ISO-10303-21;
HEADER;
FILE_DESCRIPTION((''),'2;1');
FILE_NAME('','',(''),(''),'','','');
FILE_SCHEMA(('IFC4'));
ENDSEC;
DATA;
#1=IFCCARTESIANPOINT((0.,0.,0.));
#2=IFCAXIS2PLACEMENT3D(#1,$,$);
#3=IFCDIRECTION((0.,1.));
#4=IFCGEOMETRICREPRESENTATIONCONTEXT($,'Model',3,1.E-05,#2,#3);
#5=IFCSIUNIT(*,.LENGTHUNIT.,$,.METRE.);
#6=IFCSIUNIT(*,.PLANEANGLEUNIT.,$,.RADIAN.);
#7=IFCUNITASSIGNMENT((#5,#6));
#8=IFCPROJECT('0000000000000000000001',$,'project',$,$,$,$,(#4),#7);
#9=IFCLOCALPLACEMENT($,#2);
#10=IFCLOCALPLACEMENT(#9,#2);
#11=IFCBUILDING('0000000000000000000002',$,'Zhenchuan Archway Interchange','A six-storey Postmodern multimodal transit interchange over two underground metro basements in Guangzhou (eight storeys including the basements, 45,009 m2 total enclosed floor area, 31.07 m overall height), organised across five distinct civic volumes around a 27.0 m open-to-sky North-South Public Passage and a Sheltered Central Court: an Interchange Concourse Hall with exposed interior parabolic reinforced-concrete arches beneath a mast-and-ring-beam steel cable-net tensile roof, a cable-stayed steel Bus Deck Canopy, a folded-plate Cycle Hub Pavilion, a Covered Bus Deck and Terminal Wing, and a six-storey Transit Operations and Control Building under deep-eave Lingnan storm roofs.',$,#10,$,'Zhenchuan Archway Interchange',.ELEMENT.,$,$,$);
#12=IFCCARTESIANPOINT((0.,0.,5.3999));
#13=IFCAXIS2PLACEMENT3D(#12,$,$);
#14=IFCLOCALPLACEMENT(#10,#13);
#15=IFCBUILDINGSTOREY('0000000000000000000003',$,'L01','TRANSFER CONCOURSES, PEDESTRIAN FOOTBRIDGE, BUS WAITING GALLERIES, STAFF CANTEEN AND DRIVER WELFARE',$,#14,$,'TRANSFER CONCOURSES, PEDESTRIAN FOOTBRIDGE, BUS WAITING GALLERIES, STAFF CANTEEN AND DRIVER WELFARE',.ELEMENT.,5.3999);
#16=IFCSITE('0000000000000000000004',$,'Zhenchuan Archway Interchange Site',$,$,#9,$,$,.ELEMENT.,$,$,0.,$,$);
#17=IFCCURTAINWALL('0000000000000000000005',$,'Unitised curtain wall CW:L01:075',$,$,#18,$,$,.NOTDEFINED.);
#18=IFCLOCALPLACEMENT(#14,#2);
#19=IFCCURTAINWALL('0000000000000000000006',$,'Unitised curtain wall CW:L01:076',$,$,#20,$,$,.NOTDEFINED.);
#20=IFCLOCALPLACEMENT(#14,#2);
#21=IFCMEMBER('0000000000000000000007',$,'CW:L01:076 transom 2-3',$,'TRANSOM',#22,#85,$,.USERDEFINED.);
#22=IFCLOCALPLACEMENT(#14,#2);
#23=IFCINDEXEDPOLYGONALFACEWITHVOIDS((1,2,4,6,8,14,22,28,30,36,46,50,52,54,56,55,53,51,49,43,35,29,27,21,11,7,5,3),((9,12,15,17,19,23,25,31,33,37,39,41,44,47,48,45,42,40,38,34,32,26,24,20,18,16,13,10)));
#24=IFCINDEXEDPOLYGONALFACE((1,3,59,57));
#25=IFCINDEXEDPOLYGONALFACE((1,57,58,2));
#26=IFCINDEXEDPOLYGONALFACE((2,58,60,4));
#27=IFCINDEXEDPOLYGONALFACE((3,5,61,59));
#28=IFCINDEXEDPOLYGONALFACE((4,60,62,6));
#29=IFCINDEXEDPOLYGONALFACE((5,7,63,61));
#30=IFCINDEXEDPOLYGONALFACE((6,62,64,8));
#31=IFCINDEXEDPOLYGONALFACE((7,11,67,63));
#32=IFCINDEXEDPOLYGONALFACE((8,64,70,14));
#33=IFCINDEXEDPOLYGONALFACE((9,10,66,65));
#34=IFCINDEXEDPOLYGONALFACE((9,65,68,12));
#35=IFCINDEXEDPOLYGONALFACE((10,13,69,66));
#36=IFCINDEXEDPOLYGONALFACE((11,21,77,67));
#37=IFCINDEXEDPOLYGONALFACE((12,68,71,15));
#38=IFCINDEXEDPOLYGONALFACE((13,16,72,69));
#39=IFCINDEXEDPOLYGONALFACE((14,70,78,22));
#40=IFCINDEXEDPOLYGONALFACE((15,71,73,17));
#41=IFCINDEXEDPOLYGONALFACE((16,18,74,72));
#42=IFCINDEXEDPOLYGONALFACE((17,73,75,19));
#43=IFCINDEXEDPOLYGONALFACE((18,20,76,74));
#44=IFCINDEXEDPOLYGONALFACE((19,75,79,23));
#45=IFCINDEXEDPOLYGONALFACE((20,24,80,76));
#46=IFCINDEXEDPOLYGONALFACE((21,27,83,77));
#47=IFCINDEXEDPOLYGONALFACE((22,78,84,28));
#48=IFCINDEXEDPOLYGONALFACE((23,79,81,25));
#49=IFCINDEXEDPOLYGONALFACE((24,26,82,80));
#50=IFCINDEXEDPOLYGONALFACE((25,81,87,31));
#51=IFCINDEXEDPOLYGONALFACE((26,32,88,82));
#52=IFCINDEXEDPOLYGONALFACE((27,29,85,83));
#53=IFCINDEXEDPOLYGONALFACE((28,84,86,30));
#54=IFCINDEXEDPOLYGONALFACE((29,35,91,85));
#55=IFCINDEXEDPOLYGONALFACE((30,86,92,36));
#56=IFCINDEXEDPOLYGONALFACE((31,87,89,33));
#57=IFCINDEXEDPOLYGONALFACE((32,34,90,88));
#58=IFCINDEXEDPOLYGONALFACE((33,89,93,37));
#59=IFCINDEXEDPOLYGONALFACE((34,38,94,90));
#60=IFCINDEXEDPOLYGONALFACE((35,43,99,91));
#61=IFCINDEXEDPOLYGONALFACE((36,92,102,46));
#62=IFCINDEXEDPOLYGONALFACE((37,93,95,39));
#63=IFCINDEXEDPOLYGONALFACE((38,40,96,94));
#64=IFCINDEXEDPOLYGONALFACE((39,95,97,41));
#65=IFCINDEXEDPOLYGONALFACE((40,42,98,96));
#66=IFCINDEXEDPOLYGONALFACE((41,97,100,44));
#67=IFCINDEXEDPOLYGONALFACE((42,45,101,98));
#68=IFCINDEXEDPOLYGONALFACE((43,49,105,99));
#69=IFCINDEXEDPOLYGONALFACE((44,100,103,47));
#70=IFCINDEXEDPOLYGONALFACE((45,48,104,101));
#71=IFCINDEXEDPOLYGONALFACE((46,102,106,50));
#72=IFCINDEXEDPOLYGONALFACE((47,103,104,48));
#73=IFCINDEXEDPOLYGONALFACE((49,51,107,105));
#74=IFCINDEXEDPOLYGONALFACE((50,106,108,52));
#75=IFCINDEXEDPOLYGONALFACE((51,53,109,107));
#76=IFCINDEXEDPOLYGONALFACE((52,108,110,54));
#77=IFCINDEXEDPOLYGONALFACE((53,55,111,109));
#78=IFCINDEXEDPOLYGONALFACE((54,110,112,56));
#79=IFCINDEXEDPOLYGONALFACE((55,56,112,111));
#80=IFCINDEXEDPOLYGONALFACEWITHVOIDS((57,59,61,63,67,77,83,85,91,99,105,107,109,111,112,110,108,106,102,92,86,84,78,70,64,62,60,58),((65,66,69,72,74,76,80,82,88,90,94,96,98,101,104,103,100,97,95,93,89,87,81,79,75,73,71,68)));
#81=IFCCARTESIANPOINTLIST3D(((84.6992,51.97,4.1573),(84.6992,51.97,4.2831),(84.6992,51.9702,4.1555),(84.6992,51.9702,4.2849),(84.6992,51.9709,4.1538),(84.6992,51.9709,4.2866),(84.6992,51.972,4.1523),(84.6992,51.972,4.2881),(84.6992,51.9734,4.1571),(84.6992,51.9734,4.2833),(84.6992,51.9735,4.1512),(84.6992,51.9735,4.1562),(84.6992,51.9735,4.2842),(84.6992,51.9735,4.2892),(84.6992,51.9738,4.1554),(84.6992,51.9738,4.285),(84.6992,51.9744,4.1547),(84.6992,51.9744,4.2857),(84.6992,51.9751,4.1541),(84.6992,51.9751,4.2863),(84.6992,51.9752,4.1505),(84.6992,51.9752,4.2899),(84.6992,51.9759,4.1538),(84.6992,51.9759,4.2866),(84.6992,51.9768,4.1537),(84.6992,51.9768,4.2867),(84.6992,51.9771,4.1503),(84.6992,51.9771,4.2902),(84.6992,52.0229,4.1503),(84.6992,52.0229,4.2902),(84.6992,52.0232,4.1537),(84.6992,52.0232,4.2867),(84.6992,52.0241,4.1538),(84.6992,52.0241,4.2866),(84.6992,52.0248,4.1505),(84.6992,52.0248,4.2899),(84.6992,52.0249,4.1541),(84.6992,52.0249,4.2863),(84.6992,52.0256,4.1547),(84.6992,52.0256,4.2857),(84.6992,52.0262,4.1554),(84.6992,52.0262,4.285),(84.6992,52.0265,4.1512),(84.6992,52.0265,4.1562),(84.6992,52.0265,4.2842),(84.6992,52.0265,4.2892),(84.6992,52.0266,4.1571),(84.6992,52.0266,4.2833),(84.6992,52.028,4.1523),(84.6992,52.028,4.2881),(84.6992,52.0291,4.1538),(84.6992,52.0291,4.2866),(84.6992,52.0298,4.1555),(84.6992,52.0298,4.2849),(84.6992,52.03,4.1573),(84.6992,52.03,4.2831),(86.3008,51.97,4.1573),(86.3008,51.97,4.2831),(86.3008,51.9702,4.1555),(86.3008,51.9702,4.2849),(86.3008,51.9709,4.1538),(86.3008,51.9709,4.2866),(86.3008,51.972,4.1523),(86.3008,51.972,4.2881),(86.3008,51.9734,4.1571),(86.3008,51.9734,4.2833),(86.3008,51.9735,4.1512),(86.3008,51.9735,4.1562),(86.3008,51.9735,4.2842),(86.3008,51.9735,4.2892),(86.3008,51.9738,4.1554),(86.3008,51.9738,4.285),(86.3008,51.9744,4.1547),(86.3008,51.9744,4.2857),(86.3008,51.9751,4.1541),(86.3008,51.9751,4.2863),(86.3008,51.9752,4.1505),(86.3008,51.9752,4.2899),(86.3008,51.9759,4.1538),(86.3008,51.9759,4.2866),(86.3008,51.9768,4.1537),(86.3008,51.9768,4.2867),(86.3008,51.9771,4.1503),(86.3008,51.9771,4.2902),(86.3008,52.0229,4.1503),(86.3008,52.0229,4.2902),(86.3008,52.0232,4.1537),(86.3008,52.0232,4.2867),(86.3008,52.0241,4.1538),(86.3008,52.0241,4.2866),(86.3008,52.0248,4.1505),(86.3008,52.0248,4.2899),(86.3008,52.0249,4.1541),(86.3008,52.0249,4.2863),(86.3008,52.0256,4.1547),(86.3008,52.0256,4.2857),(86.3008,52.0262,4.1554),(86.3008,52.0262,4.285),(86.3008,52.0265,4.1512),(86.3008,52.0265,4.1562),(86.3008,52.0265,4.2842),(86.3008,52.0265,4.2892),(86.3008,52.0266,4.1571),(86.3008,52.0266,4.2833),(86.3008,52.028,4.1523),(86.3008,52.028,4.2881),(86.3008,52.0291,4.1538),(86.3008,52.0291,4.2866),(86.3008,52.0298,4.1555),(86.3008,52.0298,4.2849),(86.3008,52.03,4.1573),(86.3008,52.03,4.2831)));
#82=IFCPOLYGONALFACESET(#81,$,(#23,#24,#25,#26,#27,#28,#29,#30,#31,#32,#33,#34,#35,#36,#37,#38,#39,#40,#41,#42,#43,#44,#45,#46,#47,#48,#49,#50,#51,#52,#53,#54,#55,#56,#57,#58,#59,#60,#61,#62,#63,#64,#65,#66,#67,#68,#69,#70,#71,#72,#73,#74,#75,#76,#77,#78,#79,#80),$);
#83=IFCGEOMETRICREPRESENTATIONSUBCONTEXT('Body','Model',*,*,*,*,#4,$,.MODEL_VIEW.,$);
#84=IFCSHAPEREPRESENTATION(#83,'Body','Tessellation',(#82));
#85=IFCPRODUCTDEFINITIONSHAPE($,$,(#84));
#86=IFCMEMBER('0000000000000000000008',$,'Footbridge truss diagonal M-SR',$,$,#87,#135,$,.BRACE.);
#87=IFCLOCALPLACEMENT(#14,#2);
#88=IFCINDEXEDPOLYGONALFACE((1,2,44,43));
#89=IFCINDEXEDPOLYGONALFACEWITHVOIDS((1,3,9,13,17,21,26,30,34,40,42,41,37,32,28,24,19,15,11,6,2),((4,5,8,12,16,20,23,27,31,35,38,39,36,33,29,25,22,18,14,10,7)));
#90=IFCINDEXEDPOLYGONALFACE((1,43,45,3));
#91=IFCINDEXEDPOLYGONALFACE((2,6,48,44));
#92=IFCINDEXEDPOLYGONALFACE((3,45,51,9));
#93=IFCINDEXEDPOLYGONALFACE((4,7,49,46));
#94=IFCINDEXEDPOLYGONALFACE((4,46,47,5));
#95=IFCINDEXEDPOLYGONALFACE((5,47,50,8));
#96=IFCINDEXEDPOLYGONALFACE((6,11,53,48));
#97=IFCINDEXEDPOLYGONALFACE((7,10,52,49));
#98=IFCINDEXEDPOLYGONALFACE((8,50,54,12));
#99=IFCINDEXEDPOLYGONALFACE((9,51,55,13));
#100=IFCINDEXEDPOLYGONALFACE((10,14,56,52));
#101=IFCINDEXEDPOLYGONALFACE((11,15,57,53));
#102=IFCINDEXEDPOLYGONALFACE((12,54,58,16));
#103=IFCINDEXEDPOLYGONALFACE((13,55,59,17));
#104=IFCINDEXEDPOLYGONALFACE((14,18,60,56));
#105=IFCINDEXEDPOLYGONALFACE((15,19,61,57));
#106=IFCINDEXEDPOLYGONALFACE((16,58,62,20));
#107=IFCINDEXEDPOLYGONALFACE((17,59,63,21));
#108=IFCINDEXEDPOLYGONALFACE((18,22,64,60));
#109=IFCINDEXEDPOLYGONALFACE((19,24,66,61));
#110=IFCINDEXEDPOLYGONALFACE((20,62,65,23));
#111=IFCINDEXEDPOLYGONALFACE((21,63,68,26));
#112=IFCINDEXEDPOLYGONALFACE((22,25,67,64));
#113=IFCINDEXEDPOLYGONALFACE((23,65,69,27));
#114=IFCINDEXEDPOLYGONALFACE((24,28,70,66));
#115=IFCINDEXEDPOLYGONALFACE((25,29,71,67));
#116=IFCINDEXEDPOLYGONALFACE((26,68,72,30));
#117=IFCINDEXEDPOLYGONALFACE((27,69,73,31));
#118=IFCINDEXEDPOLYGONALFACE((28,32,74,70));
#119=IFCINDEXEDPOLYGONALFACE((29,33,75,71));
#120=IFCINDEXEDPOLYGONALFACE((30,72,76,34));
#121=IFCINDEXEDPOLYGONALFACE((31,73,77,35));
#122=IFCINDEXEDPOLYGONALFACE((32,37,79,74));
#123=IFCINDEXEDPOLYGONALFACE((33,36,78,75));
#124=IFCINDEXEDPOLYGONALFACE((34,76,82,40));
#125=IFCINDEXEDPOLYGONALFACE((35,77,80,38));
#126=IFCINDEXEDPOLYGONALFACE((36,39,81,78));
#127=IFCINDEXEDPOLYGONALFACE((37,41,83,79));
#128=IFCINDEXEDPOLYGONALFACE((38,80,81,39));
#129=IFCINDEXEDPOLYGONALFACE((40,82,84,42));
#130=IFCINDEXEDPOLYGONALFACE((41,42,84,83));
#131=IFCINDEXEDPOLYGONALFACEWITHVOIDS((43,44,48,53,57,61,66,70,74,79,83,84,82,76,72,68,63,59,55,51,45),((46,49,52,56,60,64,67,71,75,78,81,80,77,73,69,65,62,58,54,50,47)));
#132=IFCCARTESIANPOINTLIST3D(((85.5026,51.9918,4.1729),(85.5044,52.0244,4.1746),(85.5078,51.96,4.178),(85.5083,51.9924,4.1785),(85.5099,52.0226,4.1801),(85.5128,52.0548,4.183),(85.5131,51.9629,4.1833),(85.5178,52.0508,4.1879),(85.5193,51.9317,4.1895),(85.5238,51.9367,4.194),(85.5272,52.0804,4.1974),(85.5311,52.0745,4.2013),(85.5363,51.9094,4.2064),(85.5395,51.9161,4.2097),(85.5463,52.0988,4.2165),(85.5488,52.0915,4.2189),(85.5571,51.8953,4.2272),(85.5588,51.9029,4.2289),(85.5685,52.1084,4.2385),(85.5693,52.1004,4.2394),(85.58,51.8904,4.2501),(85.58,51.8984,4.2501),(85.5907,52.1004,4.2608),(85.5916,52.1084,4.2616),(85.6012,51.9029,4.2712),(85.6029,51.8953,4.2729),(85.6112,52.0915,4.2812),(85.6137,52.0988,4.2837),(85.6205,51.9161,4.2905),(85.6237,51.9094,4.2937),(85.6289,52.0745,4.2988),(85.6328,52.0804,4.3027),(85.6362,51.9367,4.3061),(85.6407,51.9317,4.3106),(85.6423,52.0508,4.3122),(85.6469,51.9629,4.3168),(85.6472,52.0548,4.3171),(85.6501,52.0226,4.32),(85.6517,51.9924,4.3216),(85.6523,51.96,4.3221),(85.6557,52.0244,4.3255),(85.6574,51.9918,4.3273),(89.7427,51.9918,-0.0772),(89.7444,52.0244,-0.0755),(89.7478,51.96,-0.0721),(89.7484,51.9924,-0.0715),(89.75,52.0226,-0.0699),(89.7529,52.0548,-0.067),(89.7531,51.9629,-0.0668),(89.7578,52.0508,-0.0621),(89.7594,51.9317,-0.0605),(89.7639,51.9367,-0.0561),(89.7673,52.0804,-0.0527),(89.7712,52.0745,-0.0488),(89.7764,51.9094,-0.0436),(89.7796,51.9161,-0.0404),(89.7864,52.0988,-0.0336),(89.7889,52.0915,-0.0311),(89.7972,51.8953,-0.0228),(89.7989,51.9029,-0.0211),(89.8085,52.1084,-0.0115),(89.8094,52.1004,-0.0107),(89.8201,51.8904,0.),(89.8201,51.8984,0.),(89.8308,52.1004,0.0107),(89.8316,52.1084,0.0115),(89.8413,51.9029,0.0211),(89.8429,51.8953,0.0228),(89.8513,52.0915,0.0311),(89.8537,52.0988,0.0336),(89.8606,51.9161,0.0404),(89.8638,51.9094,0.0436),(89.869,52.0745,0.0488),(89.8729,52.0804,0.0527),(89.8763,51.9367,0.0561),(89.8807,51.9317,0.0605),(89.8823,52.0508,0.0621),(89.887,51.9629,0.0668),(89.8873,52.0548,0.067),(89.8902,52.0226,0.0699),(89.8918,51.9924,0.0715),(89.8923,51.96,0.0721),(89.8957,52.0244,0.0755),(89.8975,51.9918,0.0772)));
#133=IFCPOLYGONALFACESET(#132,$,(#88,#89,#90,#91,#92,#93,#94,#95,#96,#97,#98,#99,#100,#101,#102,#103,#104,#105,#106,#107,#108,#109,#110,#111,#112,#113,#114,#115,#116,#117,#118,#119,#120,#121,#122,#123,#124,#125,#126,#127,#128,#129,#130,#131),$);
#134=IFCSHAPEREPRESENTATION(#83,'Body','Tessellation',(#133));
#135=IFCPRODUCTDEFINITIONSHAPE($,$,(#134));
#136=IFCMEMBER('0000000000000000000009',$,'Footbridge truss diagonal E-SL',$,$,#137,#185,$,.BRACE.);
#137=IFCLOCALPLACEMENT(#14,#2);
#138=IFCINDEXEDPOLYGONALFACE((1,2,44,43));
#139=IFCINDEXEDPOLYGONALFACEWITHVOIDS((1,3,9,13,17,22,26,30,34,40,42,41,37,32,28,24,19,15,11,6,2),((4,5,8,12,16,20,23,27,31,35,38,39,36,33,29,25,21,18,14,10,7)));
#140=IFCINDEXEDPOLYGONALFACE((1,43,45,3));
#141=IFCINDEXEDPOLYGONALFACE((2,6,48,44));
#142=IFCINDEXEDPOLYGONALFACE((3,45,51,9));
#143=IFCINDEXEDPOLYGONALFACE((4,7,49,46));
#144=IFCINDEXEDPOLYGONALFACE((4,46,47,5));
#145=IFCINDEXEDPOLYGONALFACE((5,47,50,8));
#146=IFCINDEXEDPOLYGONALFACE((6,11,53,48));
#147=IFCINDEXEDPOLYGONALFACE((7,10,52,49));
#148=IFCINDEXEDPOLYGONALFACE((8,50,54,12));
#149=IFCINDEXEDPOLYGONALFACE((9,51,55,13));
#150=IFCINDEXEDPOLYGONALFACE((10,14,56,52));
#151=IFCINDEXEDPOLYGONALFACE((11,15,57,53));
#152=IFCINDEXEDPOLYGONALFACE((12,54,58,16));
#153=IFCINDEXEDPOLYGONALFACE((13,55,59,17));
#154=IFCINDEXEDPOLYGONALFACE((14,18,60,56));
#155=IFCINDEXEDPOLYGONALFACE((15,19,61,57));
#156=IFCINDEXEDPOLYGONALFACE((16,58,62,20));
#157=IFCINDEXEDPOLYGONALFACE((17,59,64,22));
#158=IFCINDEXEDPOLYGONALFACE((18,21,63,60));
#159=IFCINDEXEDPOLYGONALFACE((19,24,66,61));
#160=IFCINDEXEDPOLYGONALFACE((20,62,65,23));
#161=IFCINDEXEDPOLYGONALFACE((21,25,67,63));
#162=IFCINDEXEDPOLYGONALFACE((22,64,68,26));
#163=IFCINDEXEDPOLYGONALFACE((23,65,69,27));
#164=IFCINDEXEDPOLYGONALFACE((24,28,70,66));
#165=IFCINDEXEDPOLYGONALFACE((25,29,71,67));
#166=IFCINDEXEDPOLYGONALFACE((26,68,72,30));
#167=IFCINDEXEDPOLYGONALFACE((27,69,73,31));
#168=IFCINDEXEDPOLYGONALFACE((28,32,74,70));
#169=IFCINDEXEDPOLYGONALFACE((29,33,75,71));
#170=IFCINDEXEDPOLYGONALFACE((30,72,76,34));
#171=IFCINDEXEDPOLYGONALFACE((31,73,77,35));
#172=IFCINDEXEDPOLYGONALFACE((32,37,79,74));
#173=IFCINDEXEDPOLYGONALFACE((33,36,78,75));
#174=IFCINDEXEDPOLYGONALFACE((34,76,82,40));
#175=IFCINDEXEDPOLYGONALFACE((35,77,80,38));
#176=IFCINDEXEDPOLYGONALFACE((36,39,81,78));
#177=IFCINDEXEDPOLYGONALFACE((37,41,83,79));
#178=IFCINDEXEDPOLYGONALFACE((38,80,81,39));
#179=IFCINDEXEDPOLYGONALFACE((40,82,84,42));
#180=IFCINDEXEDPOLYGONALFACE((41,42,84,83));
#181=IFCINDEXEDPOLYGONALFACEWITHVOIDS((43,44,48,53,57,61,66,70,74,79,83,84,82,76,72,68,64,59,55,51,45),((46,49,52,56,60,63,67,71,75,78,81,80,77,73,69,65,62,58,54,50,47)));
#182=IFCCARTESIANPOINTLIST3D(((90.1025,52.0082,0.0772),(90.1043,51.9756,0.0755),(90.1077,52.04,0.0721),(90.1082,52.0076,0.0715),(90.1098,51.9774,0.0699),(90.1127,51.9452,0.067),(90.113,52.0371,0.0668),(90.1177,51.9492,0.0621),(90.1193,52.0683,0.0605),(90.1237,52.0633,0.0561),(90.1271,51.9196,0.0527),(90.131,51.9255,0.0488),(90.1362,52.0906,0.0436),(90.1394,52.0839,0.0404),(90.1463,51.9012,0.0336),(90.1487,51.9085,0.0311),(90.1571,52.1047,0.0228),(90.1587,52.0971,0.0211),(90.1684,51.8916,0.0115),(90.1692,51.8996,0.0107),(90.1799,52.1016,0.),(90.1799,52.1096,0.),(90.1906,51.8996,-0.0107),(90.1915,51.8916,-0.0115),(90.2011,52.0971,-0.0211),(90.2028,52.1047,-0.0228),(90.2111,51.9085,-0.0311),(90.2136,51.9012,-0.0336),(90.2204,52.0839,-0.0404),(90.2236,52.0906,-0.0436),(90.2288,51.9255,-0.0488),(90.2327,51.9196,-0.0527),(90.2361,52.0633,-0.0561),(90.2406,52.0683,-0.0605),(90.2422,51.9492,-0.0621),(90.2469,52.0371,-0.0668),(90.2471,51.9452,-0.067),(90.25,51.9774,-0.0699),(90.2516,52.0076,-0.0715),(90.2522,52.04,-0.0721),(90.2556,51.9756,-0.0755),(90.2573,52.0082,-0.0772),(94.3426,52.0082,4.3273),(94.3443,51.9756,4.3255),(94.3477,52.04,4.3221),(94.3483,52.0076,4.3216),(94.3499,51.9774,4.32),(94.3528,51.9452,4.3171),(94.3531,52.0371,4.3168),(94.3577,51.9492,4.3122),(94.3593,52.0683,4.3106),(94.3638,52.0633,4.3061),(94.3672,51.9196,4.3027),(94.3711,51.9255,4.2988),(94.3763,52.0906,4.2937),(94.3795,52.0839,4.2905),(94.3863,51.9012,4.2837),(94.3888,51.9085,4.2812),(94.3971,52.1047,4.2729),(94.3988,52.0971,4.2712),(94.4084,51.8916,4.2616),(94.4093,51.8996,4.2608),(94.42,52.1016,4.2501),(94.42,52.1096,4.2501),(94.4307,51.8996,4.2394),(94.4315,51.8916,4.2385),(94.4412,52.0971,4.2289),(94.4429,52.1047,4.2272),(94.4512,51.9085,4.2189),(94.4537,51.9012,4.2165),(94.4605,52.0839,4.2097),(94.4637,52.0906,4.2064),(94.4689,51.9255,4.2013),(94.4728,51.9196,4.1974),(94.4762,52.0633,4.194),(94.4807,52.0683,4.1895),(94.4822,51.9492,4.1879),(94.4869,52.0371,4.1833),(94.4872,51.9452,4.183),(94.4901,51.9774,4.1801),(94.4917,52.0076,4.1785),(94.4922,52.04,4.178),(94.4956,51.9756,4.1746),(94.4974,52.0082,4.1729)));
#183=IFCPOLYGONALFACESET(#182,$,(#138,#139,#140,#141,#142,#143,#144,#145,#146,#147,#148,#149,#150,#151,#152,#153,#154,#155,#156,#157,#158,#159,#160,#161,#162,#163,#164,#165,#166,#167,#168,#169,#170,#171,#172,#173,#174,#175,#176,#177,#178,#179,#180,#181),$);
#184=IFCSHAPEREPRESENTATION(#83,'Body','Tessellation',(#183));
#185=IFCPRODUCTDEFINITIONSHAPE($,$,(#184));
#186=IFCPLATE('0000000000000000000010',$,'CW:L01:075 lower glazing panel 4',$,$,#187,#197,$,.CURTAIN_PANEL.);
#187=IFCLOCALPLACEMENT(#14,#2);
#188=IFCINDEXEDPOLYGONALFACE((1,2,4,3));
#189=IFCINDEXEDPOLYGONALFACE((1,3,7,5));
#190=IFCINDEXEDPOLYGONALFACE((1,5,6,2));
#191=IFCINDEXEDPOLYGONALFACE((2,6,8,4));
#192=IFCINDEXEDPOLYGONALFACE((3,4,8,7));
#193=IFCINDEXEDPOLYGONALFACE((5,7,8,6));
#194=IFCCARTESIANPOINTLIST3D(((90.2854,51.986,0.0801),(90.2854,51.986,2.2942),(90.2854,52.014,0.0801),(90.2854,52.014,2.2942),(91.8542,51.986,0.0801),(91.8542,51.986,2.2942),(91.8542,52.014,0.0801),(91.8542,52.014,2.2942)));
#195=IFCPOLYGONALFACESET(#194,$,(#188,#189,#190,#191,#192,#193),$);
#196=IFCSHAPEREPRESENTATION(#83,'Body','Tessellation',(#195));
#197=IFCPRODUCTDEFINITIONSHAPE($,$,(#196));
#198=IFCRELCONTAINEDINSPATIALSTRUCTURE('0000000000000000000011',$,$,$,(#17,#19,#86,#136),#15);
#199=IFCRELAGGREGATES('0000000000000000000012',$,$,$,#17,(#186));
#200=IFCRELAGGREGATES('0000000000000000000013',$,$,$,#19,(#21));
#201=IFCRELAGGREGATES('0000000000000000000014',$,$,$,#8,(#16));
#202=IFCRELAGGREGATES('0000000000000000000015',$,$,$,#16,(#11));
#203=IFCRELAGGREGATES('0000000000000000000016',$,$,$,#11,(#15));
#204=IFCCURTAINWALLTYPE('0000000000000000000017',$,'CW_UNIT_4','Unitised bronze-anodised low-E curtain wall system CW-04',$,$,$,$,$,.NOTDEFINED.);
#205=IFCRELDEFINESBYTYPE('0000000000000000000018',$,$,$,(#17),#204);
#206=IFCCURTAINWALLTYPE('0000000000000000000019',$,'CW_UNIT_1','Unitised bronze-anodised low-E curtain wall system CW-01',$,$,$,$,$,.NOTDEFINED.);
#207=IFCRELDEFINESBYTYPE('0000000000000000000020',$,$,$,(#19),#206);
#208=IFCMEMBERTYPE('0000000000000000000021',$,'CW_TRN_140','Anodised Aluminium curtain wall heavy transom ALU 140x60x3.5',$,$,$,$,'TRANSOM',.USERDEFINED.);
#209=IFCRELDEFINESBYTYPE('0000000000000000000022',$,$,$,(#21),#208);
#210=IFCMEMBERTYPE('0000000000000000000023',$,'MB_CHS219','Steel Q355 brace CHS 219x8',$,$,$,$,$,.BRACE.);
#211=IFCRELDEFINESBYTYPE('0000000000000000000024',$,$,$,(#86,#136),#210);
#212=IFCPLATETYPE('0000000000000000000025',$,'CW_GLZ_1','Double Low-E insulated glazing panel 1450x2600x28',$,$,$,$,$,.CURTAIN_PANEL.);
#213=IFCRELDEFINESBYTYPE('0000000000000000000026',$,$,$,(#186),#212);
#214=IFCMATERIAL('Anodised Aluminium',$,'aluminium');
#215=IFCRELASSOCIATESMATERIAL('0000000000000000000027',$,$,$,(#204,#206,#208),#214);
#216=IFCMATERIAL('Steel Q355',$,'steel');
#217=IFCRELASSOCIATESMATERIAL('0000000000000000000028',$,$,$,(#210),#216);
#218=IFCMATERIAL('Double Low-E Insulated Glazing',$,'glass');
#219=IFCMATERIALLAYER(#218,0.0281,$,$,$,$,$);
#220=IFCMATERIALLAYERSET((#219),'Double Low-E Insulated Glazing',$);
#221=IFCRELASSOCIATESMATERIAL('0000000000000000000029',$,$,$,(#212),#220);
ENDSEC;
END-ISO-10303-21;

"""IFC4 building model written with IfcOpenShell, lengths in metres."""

from ifc_helpers import new_model, si_unit, direction, frame, origin, origin_2d, place, context, subcontext, project, spatial, rectangle, hollow_rectangle, hollow_circle, extrude, material, layer, layer_set, material_profile, profile_set, type_object, element, aggregate, save


model = new_model("IFC4")

# Units and contexts
model_context = context("Model", 3, precision=1e-05, world=origin(), true_north=direction((0.0, 1.0)))
body_context = subcontext(model_context, "Body", "Model", "MODEL_VIEW")
ifc_project = project(units=[si_unit("LENGTHUNIT", "METRE"), si_unit("PLANEANGLEUNIT", "RADIAN")], contexts=[model_context])

# Site, building, storey
site_placement = place(None, origin())
site = spatial("IfcSite", under=ifc_project, at=site_placement, Name="Zhenchuan Archway Interchange Site", CompositionType="ELEMENT", RefElevation=0.0)
building_placement = place(site_placement, origin())
building = spatial("IfcBuilding", under=site, at=building_placement, Name="Zhenchuan Archway Interchange", Description="A six-storey Postmodern multimodal transit interchange over two underground metro basements in Guangzhou (eight storeys including the basements, 45,009 m2 total enclosed floor area, 31.07 m overall height), organised across five distinct civic volumes around a 27.0 m open-to-sky North-South Public Passage and a Sheltered Central Court: an Interchange Concourse Hall with exposed interior parabolic reinforced-concrete arches beneath a mast-and-ring-beam steel cable-net tensile roof, a cable-stayed steel Bus Deck Canopy, a folded-plate Cycle Hub Pavilion, a Covered Bus Deck and Terminal Wing, and a six-storey Transit Operations and Control Building under deep-eave Lingnan storm roofs.", LongName="Zhenchuan Archway Interchange", CompositionType="ELEMENT")
storey_placement = place(building_placement, frame((0.0, 0.0, 5.3999)))
storey = spatial("IfcBuildingStorey", under=building, at=storey_placement, Name="L01", Description="TRANSFER CONCOURSES, PEDESTRIAN FOOTBRIDGE, BUS WAITING GALLERIES, STAFF CANTEEN AND DRIVER WELFARE", LongName="TRANSFER CONCOURSES, PEDESTRIAN FOOTBRIDGE, BUS WAITING GALLERIES, STAFF CANTEEN AND DRIVER WELFARE", CompositionType="ELEMENT", Elevation=5.3999)

# Curtain wall
ifc_material_1 = material(Name="Anodised Aluminium", Category="aluminium")
curtain_wall_type_1 = type_object("IfcCurtainWallType", Name="CW_UNIT_4", Description="Unitised bronze-anodised low-E curtain wall system CW-04", PredefinedType="NOTDEFINED", material=ifc_material_1)
curtain_wall_1_placement = place(storey_placement, origin())
curtain_wall_1 = element("IfcCurtainWall", 1, at=curtain_wall_1_placement, inside=storey, type_object=curtain_wall_type_1, Name="Unitised curtain wall CW:L01:075", PredefinedType="NOTDEFINED")

# Curtain wall
curtain_wall_type_2 = type_object("IfcCurtainWallType", Name="CW_UNIT_1", Description="Unitised bronze-anodised low-E curtain wall system CW-01", PredefinedType="NOTDEFINED", material=ifc_material_1)
curtain_wall_2_placement = place(storey_placement, origin())
curtain_wall_2 = element("IfcCurtainWall", 2, at=curtain_wall_2_placement, inside=storey, type_object=curtain_wall_type_2, Name="Unitised curtain wall CW:L01:076", PredefinedType="NOTDEFINED")

# Member
ifc_material_profile_1 = material_profile(ifc_material_1, hollow_rectangle(XDim=0.0601, YDim=0.1399, WallThickness=0.0034, InnerFilletRadius=0.0034, OuterFilletRadius=0.0071, at=origin_2d()), Name="ALU 140x60x3.5")
ifc_profile_set_1 = profile_set([ifc_material_profile_1], Name="Anodised Aluminium")
member_type_1 = type_object("IfcMemberType", Name="CW_TRN_140", Description="Anodised Aluminium curtain wall heavy transom ALU 140x60x3.5", ElementType="TRANSOM", PredefinedType="USERDEFINED", material=ifc_profile_set_1)
member_1_placement = place(storey_placement, frame((86.3008, 52.0, 4.2202), z_axis=(-1.0, 0.0, 0.0), x_axis=(0.0, -1.0, 0.0)))
member_1 = element("IfcMember", 3, at=member_1_placement, type_object=member_type_1, Name="CW:L01:076 transom 2-3", ObjectType="TRANSOM", PredefinedType="USERDEFINED", context=body_context, shape_type="SweptSolid", body=[
    extrude(hollow_rectangle(XDim=0.0601, YDim=0.1399, WallThickness=0.0034, InnerFilletRadius=0.0034, OuterFilletRadius=0.0071, at=origin_2d()), origin(), (0.0, 0.0, 1.0), 1.6016),
])

# Members
ifc_material_2 = material(Name="Steel Q355", Category="steel")
ifc_material_profile_2 = material_profile(ifc_material_2, hollow_circle(Radius=0.1096, WallThickness=0.0081, at=origin_2d()), Name="CHS 219x8")
ifc_profile_set_2 = profile_set([ifc_material_profile_2], Name="Steel Q355")
member_type_2 = type_object("IfcMemberType", Name="MB_CHS219", Description="Steel Q355 brace CHS 219x8", PredefinedType="BRACE", material=ifc_profile_set_2)
for number, where, z_axis, x_axis, name in (
    (4, (89.8201, 52.0, 0.0), (-0.706273, 0.0, 0.70794), (0.0, -1.0, 0.0), "Footbridge truss diagonal M-SR"),
    (5, (90.1799, 52.0, 0.0), (0.706273, 0.0, 0.70794), (0.0, 1.0, 0.0), "Footbridge truss diagonal E-SL"),
):
    element("IfcMember", number, at=place(storey_placement, frame(where, z_axis=z_axis, x_axis=x_axis)), inside=storey, type_object=member_type_2, Name=name, PredefinedType="BRACE", context=body_context, shape_type="SweptSolid", body=[
        extrude(hollow_circle(Radius=0.1096, WallThickness=0.0081, at=origin_2d()), origin(), (0.0, 0.0, 1.0), 6.0034),
    ])

# Plate
ifc_material_3 = material(Name="Double Low-E Insulated Glazing", Category="glass")
ifc_layer_1 = layer(ifc_material_3, 0.0281)
ifc_layer_set_1 = layer_set([ifc_layer_1], Name="Double Low-E Insulated Glazing")
plate_type_1 = type_object("IfcPlateType", Name="CW_GLZ_1", Description="Double Low-E insulated glazing panel 1450x2600x28", PredefinedType="CURTAIN_PANEL", material=ifc_layer_set_1)
plate_1_placement = place(storey_placement, frame((91.0698, 52.0, 0.0801), z_axis=(0.0, 0.0, 1.0), x_axis=(-1.0, 0.0, 0.0)))
plate_1 = element("IfcPlate", 6, at=plate_1_placement, type_object=plate_type_1, Name="CW:L01:075 lower glazing panel 4", PredefinedType="CURTAIN_PANEL", context=body_context, shape_type="SweptSolid", body=[
    extrude(rectangle(XDim=1.5688, YDim=0.0281, at=origin_2d()), origin(), (0.0, 0.0, 1.0), 2.2141),
])
aggregate(curtain_wall_1, [plate_1])
aggregate(curtain_wall_2, [member_1])

save(model, "model.ifc")
